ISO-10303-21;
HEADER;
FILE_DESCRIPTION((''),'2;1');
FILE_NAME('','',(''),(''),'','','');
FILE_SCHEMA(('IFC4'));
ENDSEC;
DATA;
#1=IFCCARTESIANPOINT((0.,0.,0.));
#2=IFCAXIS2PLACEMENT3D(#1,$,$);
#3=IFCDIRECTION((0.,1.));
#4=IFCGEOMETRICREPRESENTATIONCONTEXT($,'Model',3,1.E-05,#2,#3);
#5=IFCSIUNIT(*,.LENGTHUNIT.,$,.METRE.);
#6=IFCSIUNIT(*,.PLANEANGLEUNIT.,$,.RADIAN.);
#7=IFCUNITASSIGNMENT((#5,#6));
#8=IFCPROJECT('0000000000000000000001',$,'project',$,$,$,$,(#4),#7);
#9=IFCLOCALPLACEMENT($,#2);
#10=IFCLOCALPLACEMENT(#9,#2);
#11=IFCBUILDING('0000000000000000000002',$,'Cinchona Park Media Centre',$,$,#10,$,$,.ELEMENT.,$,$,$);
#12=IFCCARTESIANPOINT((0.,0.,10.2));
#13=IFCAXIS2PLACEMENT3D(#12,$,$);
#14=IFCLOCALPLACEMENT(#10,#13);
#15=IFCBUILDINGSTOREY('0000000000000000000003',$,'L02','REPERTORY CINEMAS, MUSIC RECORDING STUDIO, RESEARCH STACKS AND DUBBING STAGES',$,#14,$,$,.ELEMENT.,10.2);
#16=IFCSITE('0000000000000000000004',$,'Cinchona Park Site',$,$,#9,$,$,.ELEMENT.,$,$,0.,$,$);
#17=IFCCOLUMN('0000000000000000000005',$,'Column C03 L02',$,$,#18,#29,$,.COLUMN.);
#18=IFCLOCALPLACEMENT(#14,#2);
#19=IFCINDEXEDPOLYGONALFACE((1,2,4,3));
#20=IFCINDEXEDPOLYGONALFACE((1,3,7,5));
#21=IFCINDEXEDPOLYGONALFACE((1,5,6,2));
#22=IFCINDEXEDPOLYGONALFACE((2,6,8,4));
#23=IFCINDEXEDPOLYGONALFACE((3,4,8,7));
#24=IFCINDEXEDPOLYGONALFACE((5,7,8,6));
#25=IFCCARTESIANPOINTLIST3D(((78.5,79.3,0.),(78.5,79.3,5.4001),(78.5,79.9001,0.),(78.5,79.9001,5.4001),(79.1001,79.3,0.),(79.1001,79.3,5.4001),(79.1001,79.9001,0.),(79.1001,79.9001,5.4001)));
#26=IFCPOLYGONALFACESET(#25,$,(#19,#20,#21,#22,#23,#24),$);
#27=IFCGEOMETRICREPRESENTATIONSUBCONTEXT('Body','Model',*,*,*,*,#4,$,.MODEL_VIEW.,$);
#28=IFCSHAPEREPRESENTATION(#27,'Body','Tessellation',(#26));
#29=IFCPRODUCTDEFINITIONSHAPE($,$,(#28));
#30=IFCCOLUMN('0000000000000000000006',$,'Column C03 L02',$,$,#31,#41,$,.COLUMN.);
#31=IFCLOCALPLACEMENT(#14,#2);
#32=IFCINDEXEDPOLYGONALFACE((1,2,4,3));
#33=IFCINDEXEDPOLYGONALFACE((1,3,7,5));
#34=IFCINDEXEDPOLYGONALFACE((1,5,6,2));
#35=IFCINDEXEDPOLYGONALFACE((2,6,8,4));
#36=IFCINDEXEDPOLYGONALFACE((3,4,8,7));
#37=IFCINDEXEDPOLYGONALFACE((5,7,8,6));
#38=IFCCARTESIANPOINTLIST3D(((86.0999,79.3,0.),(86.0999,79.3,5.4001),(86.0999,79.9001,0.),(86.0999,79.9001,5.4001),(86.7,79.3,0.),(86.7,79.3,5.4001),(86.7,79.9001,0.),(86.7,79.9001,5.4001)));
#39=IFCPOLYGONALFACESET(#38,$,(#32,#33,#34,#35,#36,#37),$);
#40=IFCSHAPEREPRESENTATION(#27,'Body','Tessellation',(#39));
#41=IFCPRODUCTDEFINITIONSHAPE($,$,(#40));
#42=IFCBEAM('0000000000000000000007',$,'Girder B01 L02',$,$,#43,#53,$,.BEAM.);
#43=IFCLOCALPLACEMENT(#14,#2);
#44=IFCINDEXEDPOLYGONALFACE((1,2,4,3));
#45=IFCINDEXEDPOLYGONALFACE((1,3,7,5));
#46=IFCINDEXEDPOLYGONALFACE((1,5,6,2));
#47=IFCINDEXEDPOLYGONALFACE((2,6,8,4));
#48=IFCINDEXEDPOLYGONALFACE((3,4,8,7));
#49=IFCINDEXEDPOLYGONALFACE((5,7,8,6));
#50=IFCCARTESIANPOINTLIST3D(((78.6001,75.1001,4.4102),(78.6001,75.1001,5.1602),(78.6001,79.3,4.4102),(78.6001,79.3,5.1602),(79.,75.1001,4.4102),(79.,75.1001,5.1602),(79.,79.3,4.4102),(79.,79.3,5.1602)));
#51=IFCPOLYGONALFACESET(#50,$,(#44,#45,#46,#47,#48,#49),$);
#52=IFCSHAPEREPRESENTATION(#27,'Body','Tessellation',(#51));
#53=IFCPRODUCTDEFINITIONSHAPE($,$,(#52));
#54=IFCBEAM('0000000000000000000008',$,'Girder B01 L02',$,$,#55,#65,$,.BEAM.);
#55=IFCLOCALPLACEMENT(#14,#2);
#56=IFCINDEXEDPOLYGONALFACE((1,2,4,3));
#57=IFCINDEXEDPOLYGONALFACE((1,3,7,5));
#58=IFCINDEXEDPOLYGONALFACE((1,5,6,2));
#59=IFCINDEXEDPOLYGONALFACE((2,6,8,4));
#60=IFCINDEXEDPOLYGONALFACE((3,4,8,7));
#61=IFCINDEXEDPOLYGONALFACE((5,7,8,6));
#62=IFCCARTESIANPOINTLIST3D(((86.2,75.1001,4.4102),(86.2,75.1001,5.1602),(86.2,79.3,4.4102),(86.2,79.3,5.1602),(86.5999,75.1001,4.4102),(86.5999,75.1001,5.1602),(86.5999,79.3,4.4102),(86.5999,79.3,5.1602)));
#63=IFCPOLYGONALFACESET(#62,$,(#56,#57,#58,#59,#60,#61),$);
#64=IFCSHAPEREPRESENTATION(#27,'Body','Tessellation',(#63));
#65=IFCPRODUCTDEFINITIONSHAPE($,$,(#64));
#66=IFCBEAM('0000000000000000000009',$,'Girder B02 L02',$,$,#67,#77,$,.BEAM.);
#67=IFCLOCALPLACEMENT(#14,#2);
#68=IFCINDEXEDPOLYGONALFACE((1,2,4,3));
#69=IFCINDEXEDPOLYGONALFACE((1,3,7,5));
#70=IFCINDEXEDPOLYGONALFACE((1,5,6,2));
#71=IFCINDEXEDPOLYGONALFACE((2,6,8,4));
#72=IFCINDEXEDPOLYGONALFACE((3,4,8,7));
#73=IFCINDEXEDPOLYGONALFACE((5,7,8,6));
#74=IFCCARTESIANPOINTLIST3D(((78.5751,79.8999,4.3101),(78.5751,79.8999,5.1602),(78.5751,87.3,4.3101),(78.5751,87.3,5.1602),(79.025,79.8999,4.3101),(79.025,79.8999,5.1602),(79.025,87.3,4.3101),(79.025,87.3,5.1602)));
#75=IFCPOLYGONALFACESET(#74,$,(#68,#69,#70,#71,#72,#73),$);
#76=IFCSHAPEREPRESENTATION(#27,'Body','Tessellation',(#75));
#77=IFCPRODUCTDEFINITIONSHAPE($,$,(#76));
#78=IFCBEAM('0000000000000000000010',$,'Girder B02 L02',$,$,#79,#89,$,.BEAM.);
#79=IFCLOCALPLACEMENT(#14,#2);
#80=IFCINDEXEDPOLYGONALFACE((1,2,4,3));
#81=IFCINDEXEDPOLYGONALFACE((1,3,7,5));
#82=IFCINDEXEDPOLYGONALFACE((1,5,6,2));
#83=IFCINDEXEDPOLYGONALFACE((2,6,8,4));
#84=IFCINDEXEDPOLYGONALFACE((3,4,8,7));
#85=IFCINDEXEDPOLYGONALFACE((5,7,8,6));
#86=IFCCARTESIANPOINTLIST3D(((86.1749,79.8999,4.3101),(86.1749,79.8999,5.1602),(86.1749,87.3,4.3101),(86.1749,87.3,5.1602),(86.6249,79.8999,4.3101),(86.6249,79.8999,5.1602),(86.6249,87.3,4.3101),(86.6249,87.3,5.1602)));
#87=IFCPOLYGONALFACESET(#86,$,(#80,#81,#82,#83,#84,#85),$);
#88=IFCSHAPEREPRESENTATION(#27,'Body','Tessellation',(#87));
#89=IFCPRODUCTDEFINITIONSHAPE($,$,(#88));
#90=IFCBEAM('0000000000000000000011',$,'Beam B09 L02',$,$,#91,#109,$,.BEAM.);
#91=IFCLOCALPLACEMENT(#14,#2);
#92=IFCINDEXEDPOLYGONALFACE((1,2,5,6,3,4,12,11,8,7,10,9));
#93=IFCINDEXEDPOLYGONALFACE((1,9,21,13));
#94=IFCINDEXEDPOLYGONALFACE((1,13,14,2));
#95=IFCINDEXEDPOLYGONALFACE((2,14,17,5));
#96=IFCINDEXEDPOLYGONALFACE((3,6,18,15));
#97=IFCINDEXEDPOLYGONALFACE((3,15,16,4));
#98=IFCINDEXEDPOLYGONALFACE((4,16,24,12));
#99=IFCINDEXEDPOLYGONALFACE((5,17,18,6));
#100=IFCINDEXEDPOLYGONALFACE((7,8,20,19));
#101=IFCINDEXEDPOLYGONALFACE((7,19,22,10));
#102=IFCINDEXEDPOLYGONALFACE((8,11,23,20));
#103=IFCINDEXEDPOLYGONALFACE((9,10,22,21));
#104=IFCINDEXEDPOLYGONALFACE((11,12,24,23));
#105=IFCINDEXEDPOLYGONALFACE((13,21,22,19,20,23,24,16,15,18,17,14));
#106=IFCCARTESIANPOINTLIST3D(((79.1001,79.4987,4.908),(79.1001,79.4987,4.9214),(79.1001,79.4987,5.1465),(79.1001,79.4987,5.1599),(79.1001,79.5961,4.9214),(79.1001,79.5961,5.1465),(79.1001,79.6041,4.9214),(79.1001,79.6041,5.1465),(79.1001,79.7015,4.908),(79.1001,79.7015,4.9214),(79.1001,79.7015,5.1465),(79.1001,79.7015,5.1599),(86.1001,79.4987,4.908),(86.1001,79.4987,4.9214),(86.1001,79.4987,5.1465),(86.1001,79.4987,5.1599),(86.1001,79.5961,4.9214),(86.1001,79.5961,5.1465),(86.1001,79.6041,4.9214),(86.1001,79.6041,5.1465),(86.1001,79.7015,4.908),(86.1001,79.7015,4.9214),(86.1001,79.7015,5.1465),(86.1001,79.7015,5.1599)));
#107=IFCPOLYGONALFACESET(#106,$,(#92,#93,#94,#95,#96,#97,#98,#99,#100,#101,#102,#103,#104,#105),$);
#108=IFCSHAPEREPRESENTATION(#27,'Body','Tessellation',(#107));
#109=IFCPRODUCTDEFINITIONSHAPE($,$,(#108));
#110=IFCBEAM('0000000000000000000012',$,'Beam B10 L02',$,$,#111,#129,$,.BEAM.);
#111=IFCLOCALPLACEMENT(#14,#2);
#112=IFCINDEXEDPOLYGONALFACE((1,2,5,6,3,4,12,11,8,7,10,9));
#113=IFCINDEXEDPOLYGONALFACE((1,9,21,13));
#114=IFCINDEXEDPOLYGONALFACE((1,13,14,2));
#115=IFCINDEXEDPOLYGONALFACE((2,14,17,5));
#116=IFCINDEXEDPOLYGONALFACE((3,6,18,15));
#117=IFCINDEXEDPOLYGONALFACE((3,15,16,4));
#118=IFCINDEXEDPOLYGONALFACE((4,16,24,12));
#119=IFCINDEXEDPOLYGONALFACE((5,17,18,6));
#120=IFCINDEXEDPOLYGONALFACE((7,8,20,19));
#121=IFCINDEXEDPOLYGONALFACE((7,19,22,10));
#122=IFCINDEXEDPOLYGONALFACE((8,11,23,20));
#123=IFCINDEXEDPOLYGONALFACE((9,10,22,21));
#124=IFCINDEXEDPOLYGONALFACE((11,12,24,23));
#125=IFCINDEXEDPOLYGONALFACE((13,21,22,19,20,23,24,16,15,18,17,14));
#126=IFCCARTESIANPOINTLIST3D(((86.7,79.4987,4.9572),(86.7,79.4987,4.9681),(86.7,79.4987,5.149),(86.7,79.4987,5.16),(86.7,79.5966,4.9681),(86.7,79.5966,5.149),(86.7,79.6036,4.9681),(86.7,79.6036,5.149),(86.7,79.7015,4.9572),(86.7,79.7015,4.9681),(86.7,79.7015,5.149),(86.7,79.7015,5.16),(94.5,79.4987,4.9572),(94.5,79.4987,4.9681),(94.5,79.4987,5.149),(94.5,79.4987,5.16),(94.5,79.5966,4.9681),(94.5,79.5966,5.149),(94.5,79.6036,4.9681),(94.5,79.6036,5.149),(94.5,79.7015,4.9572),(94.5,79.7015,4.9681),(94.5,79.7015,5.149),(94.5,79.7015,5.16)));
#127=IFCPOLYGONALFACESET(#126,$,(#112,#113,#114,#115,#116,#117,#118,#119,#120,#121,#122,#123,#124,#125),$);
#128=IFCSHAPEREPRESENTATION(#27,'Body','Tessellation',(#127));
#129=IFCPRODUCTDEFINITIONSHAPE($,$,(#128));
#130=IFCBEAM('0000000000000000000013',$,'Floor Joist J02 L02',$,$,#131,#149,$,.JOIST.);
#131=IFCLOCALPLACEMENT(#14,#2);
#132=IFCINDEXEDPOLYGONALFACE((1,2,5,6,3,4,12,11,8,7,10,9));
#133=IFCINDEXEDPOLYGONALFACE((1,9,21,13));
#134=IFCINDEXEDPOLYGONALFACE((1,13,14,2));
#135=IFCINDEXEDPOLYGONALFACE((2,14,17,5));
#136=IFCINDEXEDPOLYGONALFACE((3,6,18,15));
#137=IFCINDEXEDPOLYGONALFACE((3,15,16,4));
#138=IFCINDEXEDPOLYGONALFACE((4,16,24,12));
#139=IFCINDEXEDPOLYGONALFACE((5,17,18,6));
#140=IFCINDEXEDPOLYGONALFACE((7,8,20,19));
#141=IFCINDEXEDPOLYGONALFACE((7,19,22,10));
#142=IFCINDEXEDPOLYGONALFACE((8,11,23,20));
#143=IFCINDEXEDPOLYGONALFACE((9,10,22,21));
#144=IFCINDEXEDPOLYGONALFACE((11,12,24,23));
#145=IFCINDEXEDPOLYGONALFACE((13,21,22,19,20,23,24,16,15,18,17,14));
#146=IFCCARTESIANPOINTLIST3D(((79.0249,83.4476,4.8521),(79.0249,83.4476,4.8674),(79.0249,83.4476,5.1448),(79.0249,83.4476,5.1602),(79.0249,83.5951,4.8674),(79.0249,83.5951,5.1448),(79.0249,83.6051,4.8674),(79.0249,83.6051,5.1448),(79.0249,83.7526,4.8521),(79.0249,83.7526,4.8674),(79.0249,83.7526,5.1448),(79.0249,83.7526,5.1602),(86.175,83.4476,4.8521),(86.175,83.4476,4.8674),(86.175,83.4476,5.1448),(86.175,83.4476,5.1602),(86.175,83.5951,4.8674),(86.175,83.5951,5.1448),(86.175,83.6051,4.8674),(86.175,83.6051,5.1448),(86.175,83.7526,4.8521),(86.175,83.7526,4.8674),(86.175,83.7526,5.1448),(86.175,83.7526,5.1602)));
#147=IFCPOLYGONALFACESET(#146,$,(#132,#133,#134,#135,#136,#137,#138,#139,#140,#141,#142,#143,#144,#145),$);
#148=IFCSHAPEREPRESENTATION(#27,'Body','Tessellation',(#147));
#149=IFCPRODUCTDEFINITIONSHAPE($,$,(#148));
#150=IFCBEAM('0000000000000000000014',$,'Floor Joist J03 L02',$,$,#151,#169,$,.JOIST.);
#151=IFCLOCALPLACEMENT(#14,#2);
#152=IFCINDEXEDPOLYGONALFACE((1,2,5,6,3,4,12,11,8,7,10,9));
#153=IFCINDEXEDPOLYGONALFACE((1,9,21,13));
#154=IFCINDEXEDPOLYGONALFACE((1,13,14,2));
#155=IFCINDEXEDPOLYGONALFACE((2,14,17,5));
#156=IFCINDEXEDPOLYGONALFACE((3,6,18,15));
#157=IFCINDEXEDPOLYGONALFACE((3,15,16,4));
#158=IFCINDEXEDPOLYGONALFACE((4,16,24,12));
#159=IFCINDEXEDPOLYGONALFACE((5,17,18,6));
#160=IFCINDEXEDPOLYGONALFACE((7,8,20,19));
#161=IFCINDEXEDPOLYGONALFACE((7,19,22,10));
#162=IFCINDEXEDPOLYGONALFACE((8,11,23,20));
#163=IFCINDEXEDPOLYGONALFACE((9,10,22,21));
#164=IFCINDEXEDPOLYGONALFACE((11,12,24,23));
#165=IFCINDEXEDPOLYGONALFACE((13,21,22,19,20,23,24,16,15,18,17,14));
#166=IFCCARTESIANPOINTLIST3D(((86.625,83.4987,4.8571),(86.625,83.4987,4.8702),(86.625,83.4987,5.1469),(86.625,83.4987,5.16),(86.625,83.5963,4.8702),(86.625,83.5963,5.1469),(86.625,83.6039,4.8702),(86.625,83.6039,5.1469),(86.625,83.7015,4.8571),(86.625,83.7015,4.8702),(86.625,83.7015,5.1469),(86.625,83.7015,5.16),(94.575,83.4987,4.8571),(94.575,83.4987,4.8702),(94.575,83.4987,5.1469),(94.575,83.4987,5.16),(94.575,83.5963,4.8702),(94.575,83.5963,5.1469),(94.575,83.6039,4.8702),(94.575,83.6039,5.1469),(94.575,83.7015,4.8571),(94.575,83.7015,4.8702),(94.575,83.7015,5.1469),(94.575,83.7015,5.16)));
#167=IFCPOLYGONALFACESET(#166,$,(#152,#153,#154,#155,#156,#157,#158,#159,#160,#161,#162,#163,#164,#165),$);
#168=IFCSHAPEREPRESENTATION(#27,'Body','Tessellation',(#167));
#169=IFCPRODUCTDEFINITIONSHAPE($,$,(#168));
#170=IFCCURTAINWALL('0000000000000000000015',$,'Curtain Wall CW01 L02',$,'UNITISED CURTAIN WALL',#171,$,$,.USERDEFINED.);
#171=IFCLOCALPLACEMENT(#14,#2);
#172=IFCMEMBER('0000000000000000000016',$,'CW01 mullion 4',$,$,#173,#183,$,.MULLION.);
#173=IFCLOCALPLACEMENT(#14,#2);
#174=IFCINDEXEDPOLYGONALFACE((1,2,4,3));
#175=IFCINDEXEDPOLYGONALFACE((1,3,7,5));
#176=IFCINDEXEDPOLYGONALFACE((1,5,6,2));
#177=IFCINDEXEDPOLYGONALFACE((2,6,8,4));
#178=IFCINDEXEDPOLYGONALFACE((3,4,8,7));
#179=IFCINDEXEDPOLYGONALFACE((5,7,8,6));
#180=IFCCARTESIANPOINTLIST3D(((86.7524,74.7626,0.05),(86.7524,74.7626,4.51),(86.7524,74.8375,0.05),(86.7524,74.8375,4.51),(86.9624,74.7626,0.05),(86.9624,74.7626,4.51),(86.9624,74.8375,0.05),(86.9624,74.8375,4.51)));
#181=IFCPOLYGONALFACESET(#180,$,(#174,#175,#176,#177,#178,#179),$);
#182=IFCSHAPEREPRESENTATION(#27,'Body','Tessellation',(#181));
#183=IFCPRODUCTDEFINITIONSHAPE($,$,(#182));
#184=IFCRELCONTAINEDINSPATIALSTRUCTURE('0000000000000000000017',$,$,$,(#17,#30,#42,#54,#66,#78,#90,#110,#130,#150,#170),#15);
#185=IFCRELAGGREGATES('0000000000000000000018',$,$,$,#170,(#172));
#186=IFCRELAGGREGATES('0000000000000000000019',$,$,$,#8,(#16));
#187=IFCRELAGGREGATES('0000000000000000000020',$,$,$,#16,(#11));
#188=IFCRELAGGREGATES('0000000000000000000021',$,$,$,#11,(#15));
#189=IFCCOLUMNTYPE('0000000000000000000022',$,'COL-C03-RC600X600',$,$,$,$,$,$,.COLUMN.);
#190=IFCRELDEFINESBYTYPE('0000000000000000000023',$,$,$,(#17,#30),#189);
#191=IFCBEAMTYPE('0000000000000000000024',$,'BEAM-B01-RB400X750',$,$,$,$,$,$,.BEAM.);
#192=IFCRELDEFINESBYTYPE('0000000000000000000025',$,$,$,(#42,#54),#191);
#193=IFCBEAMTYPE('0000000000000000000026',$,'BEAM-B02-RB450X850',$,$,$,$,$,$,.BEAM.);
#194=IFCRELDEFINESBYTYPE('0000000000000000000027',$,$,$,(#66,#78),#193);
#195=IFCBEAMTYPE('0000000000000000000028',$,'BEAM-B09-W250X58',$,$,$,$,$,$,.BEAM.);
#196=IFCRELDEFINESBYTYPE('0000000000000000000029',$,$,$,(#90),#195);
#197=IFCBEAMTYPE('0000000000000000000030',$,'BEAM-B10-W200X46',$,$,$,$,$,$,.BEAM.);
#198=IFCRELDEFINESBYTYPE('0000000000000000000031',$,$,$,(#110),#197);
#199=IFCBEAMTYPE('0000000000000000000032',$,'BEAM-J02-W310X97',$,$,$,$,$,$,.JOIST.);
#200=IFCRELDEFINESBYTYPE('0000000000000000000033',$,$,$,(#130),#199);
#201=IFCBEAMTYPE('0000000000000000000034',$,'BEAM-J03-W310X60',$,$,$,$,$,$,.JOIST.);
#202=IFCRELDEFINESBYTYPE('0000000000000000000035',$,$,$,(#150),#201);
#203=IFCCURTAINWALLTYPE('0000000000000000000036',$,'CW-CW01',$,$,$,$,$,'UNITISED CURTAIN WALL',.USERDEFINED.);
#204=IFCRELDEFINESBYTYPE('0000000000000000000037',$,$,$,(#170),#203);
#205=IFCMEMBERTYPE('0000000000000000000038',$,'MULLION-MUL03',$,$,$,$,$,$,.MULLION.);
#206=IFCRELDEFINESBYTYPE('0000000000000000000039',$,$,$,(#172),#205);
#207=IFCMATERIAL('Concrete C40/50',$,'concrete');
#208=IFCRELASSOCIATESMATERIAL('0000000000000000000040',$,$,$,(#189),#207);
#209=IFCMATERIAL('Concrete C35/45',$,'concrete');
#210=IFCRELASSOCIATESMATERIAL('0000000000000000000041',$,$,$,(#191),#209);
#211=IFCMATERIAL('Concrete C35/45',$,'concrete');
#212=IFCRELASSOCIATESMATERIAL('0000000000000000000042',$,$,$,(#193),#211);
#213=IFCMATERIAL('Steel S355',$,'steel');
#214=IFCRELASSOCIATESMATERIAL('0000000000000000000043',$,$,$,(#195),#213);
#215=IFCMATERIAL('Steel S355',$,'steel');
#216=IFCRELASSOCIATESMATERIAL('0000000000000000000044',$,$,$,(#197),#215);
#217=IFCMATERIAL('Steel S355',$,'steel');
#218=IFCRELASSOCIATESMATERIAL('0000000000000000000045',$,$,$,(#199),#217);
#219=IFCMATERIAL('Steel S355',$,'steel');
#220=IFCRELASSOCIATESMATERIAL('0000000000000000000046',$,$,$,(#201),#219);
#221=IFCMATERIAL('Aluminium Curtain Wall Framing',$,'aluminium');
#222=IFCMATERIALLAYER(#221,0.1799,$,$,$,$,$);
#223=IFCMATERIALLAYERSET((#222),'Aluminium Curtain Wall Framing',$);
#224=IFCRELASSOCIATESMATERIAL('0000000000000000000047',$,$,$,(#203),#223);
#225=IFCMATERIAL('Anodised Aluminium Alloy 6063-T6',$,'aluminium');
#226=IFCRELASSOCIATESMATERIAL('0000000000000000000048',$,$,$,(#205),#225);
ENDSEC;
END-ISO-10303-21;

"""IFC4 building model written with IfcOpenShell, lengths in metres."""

from ifc_helpers import new_model, si_unit, direction, frame, origin, origin_2d, place, context, subcontext, project, spatial, rectangle, i_section, extrude, material, layer, layer_set, material_profile, profile_set, type_object, element, aggregate, save


model = new_model("IFC4")

# Units and contexts
model_context = context("Model", 3, precision=1e-05, world=origin(), true_north=direction((0.0, 1.0)))
body_context = subcontext(model_context, "Body", "Model", "MODEL_VIEW")
ifc_project = project(units=[si_unit("LENGTHUNIT", "METRE"), si_unit("PLANEANGLEUNIT", "RADIAN")], contexts=[model_context])

# Site, building, storey
site_placement = place(None, origin())
site = spatial("IfcSite", under=ifc_project, at=site_placement, Name="Cinchona Park Site", CompositionType="ELEMENT", RefElevation=0.0)
building_placement = place(site_placement, origin())
building = spatial("IfcBuilding", under=site, at=building_placement, Name="Cinchona Park Media Centre", CompositionType="ELEMENT")
storey_placement = place(building_placement, frame((0.0, 0.0, 10.2)))
storey = spatial("IfcBuildingStorey", under=building, at=storey_placement, Name="L02", Description="REPERTORY CINEMAS, MUSIC RECORDING STUDIO, RESEARCH STACKS AND DUBBING STAGES", CompositionType="ELEMENT", Elevation=10.2)

# Columns
ifc_material_1 = material(Name="Concrete C40/50", Category="concrete")
ifc_material_profile_1 = material_profile(ifc_material_1, rectangle(XDim=0.6001, YDim=0.6001, at=origin_2d()), Name="RC 600X600")
ifc_profile_set_1 = profile_set([ifc_material_profile_1], Name="Concrete C40/50")
column_type = type_object("IfcColumnType", Name="COL-C03-RC600X600", PredefinedType="COLUMN", material=ifc_profile_set_1)
for number, where, z_axis, x_axis, name in (
    (1, (78.8, 79.6001, 0.0), (0.0, 0.0, 1.0), (1.0, 0.0, 0.0), "Column C03 L02"),
    (2, (86.3999, 79.6001, 0.0), (0.0, 0.0, 1.0), (1.0, 0.0, 0.0), "Column C03 L02"),
):
    element("IfcColumn", number, at=place(storey_placement, frame(where, z_axis=z_axis, x_axis=x_axis)), inside=storey, type_object=column_type, Name=name, PredefinedType="COLUMN", context=body_context, shape_type="SweptSolid", body=[
        extrude(rectangle(XDim=0.6001, YDim=0.6001, at=origin_2d()), origin(), (0.0, 0.0, 1.0), 5.4001),
    ])

# Beams
ifc_material_2 = material(Name="Concrete C35/45", Category="concrete")
ifc_material_profile_2 = material_profile(ifc_material_2, rectangle(XDim=0.3999, YDim=0.75, at=origin_2d()), Name="RB 400X750")
ifc_profile_set_2 = profile_set([ifc_material_profile_2], Name="Concrete C35/45")
beam_type_1 = type_object("IfcBeamType", Name="BEAM-B01-RB400X750", PredefinedType="BEAM", material=ifc_profile_set_2)
for number, where, z_axis, x_axis, name in (
    (3, (78.8, 75.1001, 4.7852), (0.0, 1.0, 0.0), (-1.0, 0.0, 0.0), "Girder B01 L02"),
    (4, (86.3999, 75.1001, 4.7852), (0.0, 1.0, 0.0), (-1.0, 0.0, 0.0), "Girder B01 L02"),
):
    element("IfcBeam", number, at=place(storey_placement, frame(where, z_axis=z_axis, x_axis=x_axis)), inside=storey, type_object=beam_type_1, Name=name, PredefinedType="BEAM", context=body_context, shape_type="SweptSolid", body=[
        extrude(rectangle(XDim=0.3999, YDim=0.75, at=origin_2d()), origin(), (0.0, 0.0, 1.0), 4.2),
    ])
ifc_material_3 = material(Name="Concrete C35/45", Category="concrete")
ifc_material_profile_3 = material_profile(ifc_material_3, rectangle(XDim=0.45, YDim=0.8501, at=origin_2d()), Name="RB 450X850")
ifc_profile_set_3 = profile_set([ifc_material_profile_3], Name="Concrete C35/45")
beam_type_2 = type_object("IfcBeamType", Name="BEAM-B02-RB450X850", PredefinedType="BEAM", material=ifc_profile_set_3)
for number, where, z_axis, x_axis, name in (
    (5, (78.8, 79.8999, 4.7351), (0.0, 1.0, 0.0), (-1.0, 0.0, 0.0), "Girder B02 L02"),
    (6, (86.3999, 79.8999, 4.7351), (0.0, 1.0, 0.0), (-1.0, 0.0, 0.0), "Girder B02 L02"),
):
    element("IfcBeam", number, at=place(storey_placement, frame(where, z_axis=z_axis, x_axis=x_axis)), inside=storey, type_object=beam_type_2, Name=name, PredefinedType="BEAM", context=body_context, shape_type="SweptSolid", body=[
        extrude(rectangle(XDim=0.45, YDim=0.8501, at=origin_2d()), origin(), (0.0, 0.0, 1.0), 7.4001),
    ])
ifc_material_4 = material(Name="Steel S355", Category="steel")
ifc_material_profile_4 = material_profile(ifc_material_4, i_section(OverallWidth=0.2029, OverallDepth=0.252, WebThickness=0.0081, FlangeThickness=0.0134, at=origin_2d()), Name="W250X58")
ifc_profile_set_4 = profile_set([ifc_material_profile_4], Name="Steel S355")
beam_type_3 = type_object("IfcBeamType", Name="BEAM-B09-W250X58", PredefinedType="BEAM", material=ifc_profile_set_4)
beam_1_placement = place(storey_placement, frame((79.1001, 79.6001, 5.0339), z_axis=(1.0, 0.0, 0.0), x_axis=(0.0, 1.0, 0.0)))
element("IfcBeam", 7, at=beam_1_placement, inside=storey, type_object=beam_type_3, Name="Beam B09 L02", PredefinedType="BEAM", context=body_context, shape_type="SweptSolid", body=[
    extrude(i_section(OverallWidth=0.2029, OverallDepth=0.252, WebThickness=0.0081, FlangeThickness=0.0134, at=origin_2d()), origin(), (0.0, 0.0, 1.0), 7.0),
])
ifc_material_5 = material(Name="Steel S355", Category="steel")
ifc_material_profile_5 = material_profile(ifc_material_5, i_section(OverallWidth=0.2029, OverallDepth=0.2029, WebThickness=0.0071, FlangeThickness=0.011, at=origin_2d()), Name="W200X46")
ifc_profile_set_5 = profile_set([ifc_material_profile_5], Name="Steel S355")
beam_type_4 = type_object("IfcBeamType", Name="BEAM-B10-W200X46", PredefinedType="BEAM", material=ifc_profile_set_5)
beam_2_placement = place(storey_placement, frame((86.7, 79.6001, 5.0586), z_axis=(1.0, 0.0, 0.0), x_axis=(0.0, 1.0, 0.0)))
element("IfcBeam", 8, at=beam_2_placement, inside=storey, type_object=beam_type_4, Name="Beam B10 L02", PredefinedType="BEAM", context=body_context, shape_type="SweptSolid", body=[
    extrude(i_section(OverallWidth=0.2029, OverallDepth=0.2029, WebThickness=0.0071, FlangeThickness=0.011, at=origin_2d()), origin(), (0.0, 0.0, 1.0), 7.8),
])
ifc_material_6 = material(Name="Steel S355", Category="steel")
ifc_material_profile_6 = material_profile(ifc_material_6, i_section(OverallWidth=0.3049, OverallDepth=0.3081, WebThickness=0.01, FlangeThickness=0.0154, at=origin_2d()), Name="W310X97")
ifc_profile_set_6 = profile_set([ifc_material_profile_6], Name="Steel S355")
beam_type_5 = type_object("IfcBeamType", Name="BEAM-J02-W310X97", PredefinedType="JOIST", material=ifc_profile_set_6)
beam_3_placement = place(storey_placement, frame((79.0249, 83.6001, 5.0061), z_axis=(1.0, 0.0, 0.0), x_axis=(0.0, 1.0, 0.0)))
element("IfcBeam", 9, at=beam_3_placement, inside=storey, type_object=beam_type_5, Name="Floor Joist J02 L02", PredefinedType="JOIST", context=body_context, shape_type="SweptSolid", body=[
    extrude(i_section(OverallWidth=0.3049, OverallDepth=0.3081, WebThickness=0.01, FlangeThickness=0.0154, at=origin_2d()), origin(), (0.0, 0.0, 1.0), 7.1501),
])
ifc_material_7 = material(Name="Steel S355", Category="steel")
ifc_material_profile_7 = material_profile(ifc_material_7, i_section(OverallWidth=0.2029, OverallDepth=0.303, WebThickness=0.0076, FlangeThickness=0.0132, at=origin_2d()), Name="W310X60")
ifc_profile_set_7 = profile_set([ifc_material_profile_7], Name="Steel S355")
beam_type_6 = type_object("IfcBeamType", Name="BEAM-J03-W310X60", PredefinedType="JOIST", material=ifc_profile_set_7)
beam_4_placement = place(storey_placement, frame((86.625, 83.6001, 5.0085), z_axis=(1.0, 0.0, 0.0), x_axis=(0.0, 1.0, 0.0)))
element("IfcBeam", 10, at=beam_4_placement, inside=storey, type_object=beam_type_6, Name="Floor Joist J03 L02", PredefinedType="JOIST", context=body_context, shape_type="SweptSolid", body=[
    extrude(i_section(OverallWidth=0.2029, OverallDepth=0.303, WebThickness=0.0076, FlangeThickness=0.0132, at=origin_2d()), origin(), (0.0, 0.0, 1.0), 7.95),
])

# Curtain wall, member
ifc_material_8 = material(Name="Aluminium Curtain Wall Framing", Category="aluminium")
ifc_layer_1 = layer(ifc_material_8, 0.1799)
ifc_layer_set_1 = layer_set([ifc_layer_1], Name="Aluminium Curtain Wall Framing")
curtain_wall_type = type_object("IfcCurtainWallType", Name="CW-CW01", ElementType="UNITISED CURTAIN WALL", PredefinedType="USERDEFINED", material=ifc_layer_set_1)
curtain_wall_placement = place(storey_placement, origin())
curtain_wall = element("IfcCurtainWall", 11, at=curtain_wall_placement, inside=storey, type_object=curtain_wall_type, Name="Curtain Wall CW01 L02", ObjectType="UNITISED CURTAIN WALL", PredefinedType="USERDEFINED")
ifc_material_9 = material(Name="Anodised Aluminium Alloy 6063-T6", Category="aluminium")
ifc_material_profile_8 = material_profile(ifc_material_9, rectangle(XDim=0.075, YDim=0.21, at=origin_2d()), Name="MUL-75X210")
ifc_profile_set_8 = profile_set([ifc_material_profile_8], Name="Anodised Aluminium Alloy 6063-T6")
member_type_1 = type_object("IfcMemberType", Name="MULLION-MUL03", PredefinedType="MULLION", material=ifc_profile_set_8)
member_1_placement = place(storey_placement, frame((86.8574, 74.8, 0.05), z_axis=(0.0, 0.0, 1.0), x_axis=(0.0, -1.0, 0.0)))
member_1 = element("IfcMember", 12, at=member_1_placement, type_object=member_type_1, Name="CW01 mullion 4", PredefinedType="MULLION", context=body_context, shape_type="SweptSolid", body=[
    extrude(rectangle(XDim=0.075, YDim=0.21, at=origin_2d()), origin(), (0.0, 0.0, 1.0), 4.46),
])
aggregate(curtain_wall, [member_1])

save(model, "model.ifc")
